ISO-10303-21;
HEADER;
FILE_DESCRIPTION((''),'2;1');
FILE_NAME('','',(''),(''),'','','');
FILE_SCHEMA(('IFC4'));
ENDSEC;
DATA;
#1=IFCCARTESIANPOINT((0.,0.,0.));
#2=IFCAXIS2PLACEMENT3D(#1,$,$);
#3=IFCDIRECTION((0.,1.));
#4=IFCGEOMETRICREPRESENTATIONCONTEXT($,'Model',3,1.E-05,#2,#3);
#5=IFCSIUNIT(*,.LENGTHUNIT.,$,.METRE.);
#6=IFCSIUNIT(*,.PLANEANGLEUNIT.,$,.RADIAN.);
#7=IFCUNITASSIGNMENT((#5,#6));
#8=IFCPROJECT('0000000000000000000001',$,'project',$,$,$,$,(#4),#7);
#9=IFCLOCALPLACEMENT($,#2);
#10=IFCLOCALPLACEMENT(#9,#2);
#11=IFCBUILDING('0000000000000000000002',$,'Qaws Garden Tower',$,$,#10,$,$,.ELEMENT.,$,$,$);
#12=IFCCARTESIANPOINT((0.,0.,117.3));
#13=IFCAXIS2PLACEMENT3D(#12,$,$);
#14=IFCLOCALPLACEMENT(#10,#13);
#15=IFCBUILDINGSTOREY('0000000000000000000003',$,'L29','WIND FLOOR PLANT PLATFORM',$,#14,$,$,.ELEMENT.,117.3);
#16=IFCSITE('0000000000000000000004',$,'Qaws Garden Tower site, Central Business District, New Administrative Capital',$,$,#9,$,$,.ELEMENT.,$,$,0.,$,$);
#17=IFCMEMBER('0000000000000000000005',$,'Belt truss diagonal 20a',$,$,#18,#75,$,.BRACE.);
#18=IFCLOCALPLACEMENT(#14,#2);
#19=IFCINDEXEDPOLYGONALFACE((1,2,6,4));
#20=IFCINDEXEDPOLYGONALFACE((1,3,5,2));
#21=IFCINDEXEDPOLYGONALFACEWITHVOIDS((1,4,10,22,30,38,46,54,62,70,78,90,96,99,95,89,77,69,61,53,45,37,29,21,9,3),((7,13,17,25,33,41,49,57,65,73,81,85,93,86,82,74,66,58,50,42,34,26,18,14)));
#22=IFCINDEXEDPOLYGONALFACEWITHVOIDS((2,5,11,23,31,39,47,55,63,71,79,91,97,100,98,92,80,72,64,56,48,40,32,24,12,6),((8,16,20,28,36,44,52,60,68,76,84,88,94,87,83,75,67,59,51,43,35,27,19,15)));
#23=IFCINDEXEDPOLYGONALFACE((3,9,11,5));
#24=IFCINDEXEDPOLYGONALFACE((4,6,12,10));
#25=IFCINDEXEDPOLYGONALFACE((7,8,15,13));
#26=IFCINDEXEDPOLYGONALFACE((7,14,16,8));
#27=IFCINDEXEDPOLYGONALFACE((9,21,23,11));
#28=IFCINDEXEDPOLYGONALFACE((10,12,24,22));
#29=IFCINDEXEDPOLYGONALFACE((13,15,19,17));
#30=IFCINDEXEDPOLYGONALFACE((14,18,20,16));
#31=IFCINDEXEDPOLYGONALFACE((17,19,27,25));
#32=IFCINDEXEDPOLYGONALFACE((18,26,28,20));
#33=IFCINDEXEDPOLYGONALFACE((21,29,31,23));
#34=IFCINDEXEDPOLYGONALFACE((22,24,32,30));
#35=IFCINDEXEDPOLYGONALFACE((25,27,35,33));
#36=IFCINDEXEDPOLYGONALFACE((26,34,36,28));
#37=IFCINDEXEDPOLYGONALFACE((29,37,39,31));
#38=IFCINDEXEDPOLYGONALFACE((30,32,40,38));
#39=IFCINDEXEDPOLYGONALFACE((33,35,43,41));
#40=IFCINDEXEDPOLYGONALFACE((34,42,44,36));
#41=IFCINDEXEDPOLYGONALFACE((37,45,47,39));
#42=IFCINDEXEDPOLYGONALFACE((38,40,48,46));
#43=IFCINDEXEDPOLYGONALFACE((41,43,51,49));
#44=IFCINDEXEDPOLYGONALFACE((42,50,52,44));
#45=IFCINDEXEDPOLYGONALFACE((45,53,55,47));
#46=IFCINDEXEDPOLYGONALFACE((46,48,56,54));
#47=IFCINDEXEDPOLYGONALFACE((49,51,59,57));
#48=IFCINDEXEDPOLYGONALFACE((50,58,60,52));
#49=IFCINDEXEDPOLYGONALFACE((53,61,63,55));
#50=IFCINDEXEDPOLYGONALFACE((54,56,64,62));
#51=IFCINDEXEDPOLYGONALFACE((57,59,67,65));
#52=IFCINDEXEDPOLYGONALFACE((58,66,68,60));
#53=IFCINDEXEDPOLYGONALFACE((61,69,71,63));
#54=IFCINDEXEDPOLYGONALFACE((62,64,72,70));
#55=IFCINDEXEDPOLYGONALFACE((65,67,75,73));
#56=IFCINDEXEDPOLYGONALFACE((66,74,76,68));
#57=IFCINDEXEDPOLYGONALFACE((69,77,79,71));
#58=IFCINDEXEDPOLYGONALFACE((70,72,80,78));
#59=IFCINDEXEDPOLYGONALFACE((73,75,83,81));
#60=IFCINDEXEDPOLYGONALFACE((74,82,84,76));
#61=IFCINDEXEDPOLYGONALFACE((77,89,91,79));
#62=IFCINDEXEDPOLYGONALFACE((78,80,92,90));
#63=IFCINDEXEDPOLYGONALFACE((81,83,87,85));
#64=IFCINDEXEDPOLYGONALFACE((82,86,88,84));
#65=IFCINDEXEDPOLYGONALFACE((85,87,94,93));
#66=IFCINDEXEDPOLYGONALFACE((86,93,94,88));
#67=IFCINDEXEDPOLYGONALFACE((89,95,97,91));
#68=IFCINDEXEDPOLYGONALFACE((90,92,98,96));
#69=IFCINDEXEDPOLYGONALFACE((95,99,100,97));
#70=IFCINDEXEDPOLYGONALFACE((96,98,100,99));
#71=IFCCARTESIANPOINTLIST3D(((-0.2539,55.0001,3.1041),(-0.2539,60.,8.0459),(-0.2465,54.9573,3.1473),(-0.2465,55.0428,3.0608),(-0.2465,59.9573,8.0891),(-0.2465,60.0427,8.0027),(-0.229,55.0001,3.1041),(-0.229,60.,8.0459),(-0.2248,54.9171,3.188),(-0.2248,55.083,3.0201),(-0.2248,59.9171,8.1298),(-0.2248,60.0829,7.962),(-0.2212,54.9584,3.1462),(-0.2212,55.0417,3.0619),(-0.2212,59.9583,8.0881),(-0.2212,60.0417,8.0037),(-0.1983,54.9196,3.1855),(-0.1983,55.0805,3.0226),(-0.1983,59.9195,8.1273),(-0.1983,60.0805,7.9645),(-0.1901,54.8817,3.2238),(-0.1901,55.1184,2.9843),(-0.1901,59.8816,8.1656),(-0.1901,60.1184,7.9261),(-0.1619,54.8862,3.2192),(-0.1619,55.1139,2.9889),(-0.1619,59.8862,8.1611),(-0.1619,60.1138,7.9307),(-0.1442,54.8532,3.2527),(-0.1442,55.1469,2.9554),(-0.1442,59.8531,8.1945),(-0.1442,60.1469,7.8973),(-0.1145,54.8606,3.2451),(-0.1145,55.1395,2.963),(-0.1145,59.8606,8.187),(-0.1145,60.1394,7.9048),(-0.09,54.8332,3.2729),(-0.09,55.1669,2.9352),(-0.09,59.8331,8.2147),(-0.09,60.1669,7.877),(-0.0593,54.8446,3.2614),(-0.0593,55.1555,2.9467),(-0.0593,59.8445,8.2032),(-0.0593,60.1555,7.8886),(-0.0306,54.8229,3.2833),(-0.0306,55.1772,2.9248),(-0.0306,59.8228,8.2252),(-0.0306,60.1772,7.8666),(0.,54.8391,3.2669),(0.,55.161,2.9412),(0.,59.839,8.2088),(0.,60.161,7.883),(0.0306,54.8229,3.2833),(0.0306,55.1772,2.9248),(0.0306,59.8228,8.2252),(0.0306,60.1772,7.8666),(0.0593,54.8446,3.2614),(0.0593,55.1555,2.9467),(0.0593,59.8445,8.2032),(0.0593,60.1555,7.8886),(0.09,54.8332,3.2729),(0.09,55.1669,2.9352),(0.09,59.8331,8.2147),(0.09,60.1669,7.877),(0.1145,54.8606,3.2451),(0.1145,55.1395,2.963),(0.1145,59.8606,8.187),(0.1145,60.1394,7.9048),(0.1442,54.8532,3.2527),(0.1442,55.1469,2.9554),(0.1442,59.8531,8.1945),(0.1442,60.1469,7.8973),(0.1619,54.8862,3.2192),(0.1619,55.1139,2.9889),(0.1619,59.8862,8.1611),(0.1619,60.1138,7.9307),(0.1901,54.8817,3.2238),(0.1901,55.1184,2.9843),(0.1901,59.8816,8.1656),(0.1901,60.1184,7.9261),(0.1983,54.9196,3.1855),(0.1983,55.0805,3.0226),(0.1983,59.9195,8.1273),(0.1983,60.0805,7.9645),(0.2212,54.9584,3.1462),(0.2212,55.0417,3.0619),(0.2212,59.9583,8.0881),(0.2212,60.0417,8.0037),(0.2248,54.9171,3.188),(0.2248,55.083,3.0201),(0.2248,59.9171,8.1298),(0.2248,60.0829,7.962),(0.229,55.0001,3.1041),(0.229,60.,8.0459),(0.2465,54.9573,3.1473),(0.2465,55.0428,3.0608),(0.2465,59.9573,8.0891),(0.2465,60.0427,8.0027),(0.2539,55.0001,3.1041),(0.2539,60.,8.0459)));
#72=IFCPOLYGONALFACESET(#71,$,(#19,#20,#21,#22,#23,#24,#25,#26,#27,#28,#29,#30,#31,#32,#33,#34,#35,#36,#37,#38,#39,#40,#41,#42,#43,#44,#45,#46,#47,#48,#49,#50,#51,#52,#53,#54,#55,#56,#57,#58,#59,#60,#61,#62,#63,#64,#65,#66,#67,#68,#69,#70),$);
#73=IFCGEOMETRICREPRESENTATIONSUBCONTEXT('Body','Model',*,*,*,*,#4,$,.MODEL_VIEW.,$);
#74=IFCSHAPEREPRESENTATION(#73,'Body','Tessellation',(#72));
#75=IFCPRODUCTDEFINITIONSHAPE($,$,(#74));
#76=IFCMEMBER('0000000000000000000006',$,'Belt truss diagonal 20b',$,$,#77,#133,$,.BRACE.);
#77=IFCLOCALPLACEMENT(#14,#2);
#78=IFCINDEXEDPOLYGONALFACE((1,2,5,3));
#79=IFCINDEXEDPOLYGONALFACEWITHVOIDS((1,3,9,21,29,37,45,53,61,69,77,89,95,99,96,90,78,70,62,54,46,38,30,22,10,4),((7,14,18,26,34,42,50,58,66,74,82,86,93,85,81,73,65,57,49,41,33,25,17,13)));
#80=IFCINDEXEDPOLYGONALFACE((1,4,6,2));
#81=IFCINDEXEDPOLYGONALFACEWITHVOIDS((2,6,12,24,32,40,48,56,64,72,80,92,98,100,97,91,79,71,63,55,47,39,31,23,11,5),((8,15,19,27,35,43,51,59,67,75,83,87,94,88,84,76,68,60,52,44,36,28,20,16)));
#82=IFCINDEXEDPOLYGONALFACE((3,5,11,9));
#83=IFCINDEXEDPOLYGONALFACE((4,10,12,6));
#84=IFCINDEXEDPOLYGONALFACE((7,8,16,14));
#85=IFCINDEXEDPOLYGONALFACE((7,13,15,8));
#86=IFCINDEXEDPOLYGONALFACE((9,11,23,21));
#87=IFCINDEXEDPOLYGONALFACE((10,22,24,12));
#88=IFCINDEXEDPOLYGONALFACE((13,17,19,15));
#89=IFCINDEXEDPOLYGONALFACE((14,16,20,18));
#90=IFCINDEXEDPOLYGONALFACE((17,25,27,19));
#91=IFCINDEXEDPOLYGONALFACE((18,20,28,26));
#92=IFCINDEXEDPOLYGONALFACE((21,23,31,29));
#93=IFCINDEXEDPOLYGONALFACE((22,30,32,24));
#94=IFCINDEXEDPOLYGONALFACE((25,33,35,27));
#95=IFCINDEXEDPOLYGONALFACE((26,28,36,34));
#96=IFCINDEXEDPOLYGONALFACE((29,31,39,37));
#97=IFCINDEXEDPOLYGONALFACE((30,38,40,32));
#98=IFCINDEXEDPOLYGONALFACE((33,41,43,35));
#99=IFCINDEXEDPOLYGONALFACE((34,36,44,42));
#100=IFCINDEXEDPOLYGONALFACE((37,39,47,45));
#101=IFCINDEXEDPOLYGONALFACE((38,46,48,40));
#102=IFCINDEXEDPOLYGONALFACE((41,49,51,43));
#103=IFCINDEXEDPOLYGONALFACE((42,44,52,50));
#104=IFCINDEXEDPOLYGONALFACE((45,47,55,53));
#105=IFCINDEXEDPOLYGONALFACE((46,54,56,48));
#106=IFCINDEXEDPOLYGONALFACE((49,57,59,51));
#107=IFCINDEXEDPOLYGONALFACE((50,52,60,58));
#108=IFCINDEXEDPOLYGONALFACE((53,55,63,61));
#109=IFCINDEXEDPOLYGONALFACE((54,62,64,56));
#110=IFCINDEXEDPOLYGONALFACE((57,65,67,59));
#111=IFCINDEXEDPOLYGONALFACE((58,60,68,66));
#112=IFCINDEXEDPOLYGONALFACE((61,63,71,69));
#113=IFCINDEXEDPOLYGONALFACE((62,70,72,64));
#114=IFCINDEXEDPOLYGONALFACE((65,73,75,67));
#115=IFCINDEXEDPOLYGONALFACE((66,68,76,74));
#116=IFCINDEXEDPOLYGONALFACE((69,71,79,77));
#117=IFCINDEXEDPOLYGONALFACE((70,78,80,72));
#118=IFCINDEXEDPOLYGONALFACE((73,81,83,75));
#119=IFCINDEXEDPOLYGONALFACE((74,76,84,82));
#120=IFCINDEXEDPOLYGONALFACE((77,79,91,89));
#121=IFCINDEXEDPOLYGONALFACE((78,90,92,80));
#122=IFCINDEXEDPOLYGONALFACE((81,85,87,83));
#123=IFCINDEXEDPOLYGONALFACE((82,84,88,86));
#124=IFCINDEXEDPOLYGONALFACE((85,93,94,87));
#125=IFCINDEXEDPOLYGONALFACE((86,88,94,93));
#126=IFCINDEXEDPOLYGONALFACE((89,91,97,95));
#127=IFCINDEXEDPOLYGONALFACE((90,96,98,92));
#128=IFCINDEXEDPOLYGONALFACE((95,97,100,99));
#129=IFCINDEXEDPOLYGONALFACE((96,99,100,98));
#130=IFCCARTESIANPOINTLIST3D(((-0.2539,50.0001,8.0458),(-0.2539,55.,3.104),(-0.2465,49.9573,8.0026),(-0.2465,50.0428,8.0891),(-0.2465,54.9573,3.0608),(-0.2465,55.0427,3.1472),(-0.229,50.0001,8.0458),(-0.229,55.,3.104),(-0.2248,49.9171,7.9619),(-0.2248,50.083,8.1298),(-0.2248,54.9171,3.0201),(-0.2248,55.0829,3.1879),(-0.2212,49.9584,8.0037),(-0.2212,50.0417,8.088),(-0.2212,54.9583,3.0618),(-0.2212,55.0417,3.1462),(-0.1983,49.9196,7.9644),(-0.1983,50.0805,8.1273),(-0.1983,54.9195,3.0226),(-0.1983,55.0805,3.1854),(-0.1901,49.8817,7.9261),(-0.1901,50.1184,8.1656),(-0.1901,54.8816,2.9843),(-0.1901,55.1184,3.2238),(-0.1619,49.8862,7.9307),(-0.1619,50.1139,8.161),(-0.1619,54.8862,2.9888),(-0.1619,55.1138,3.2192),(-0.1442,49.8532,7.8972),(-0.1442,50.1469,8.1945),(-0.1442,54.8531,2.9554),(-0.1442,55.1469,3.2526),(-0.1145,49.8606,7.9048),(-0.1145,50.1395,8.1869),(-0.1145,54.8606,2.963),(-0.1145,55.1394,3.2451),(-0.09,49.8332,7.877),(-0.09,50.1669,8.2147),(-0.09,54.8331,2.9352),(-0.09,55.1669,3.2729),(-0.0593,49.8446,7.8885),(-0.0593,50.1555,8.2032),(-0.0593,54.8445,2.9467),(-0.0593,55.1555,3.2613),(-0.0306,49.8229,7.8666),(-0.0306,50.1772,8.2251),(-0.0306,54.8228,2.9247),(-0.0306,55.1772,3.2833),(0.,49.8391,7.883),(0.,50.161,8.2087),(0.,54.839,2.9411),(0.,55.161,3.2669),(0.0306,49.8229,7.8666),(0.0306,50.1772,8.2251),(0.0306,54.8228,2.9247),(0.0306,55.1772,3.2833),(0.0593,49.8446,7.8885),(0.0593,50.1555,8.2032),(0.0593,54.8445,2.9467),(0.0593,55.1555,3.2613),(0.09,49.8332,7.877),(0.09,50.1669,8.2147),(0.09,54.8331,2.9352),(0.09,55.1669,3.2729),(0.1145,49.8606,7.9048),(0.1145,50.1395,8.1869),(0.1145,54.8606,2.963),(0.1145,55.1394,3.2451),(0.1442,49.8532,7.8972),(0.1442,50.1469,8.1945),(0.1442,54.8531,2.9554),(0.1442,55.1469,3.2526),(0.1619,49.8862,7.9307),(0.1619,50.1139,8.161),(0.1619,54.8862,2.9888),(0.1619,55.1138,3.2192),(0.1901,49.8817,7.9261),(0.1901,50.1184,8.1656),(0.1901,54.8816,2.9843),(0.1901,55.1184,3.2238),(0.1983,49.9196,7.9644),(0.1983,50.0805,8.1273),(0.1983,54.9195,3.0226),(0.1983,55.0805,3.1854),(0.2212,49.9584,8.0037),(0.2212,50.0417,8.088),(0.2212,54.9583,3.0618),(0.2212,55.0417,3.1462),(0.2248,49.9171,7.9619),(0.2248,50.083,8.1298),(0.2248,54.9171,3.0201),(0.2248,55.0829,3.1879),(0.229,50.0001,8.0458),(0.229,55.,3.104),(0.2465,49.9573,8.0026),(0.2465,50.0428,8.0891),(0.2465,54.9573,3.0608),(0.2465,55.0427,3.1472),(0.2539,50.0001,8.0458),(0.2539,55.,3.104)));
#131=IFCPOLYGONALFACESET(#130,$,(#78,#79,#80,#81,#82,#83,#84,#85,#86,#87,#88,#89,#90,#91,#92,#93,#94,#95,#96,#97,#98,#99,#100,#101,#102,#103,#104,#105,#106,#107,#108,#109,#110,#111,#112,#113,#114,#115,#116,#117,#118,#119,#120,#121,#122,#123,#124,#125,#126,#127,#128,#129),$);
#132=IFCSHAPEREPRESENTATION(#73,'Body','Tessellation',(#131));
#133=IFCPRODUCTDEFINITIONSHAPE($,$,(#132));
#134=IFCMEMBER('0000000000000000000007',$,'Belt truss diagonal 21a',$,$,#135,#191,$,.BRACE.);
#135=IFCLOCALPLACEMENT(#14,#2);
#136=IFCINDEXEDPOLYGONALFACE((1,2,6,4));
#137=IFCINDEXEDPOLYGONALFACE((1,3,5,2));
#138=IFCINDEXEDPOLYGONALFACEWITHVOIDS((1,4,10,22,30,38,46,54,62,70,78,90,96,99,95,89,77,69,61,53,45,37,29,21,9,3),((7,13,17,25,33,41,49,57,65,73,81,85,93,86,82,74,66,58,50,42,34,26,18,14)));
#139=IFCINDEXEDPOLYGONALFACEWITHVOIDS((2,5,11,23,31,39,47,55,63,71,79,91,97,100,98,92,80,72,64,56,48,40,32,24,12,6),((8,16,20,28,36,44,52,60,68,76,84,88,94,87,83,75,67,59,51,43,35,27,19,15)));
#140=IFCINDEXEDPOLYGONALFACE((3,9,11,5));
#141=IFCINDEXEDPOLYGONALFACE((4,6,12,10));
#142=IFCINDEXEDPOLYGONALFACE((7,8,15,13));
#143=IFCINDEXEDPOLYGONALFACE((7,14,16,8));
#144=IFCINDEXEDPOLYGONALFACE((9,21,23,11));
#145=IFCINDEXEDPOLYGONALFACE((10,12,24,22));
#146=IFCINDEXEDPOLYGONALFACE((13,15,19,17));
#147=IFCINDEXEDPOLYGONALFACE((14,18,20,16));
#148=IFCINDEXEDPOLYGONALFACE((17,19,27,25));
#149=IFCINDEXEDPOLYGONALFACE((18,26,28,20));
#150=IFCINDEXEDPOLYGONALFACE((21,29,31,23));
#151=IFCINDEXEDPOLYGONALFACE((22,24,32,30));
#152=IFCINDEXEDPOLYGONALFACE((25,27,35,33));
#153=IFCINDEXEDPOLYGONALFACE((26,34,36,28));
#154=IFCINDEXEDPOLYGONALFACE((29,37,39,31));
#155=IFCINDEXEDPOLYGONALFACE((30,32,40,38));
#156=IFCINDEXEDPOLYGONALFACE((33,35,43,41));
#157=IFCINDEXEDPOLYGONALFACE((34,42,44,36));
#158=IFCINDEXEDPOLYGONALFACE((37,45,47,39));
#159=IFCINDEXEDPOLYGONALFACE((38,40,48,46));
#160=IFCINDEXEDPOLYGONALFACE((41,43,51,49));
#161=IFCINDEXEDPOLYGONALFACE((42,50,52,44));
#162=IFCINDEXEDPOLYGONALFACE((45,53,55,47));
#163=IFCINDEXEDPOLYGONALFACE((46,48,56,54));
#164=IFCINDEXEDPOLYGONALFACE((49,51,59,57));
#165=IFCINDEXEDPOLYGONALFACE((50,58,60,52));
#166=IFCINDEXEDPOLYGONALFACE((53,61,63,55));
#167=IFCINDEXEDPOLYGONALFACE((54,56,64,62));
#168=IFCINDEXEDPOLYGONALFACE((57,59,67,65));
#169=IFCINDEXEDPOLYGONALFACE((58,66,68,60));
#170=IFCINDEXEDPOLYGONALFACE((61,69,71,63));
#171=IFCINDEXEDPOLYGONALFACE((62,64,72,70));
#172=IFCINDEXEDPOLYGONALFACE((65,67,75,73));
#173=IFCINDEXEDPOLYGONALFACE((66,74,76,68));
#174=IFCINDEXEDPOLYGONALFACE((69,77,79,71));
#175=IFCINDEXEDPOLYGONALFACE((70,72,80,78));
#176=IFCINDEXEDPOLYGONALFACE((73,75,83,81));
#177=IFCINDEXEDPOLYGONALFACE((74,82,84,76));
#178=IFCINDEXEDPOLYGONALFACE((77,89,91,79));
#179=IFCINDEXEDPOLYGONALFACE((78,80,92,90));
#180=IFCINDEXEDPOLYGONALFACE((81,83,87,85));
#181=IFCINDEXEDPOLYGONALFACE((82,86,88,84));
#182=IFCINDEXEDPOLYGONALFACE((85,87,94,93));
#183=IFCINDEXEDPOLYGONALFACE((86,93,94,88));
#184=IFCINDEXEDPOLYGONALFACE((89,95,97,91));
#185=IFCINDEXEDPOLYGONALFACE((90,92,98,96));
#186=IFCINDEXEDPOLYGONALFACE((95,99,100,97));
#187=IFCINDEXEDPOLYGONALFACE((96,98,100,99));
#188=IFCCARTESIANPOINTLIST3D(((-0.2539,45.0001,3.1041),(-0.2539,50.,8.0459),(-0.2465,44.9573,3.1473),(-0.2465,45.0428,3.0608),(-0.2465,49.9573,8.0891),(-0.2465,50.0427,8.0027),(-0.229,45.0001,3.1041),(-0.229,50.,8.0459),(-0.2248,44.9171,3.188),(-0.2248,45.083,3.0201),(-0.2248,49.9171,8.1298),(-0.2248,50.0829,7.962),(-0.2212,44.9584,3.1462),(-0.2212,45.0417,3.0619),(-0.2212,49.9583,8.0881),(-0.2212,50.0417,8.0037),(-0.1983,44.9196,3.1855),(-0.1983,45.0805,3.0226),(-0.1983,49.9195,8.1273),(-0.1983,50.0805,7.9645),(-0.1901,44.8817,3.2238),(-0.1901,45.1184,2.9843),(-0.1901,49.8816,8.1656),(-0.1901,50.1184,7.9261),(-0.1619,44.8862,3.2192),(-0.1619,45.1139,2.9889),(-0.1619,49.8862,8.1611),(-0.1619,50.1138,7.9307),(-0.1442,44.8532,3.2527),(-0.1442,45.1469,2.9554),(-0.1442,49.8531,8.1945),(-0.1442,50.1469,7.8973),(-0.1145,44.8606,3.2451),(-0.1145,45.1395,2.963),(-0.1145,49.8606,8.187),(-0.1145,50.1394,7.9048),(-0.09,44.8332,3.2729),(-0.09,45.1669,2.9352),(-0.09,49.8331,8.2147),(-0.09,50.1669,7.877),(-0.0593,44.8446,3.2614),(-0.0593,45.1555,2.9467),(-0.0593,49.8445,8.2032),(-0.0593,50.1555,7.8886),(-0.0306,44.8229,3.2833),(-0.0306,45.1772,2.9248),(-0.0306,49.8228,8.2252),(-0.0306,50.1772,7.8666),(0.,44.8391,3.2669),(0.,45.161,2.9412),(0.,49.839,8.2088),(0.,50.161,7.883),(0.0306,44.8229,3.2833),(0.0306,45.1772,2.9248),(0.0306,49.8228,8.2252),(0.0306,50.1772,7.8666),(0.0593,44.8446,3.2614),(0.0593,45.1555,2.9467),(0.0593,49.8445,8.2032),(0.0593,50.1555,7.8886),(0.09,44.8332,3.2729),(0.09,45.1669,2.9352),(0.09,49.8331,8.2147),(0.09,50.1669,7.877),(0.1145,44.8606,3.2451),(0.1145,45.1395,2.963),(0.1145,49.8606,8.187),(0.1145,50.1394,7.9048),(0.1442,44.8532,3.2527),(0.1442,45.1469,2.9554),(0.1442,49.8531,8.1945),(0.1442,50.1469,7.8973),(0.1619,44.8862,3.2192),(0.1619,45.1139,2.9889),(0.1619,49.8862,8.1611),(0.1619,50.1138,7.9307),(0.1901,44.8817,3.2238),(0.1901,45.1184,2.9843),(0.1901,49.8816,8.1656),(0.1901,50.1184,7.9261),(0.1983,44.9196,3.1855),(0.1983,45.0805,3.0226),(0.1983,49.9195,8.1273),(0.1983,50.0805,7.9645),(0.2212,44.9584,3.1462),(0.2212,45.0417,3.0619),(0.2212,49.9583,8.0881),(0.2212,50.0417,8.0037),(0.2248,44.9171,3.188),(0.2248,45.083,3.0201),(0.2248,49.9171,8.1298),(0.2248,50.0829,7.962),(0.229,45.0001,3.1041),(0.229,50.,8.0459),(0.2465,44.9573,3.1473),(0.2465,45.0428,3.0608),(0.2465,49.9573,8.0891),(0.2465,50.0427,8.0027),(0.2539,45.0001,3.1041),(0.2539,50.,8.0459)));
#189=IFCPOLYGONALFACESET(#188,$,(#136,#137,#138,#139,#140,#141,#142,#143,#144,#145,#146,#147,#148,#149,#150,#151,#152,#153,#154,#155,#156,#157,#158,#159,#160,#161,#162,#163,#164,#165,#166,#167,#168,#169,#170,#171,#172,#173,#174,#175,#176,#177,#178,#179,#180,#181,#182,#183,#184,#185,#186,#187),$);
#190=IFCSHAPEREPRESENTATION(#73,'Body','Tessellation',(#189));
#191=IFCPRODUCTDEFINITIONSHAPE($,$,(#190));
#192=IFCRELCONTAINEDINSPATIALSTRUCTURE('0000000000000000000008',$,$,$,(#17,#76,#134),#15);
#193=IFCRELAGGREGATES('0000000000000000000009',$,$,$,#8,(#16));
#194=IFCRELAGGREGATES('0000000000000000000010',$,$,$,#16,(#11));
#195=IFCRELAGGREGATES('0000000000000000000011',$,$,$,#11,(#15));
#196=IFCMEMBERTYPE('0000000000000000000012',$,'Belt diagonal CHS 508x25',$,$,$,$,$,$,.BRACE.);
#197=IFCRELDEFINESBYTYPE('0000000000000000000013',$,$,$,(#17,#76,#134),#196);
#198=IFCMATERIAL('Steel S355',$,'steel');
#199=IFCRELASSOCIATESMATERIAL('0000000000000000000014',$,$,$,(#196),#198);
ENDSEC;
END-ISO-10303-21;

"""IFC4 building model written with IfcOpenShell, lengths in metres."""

from ifc_helpers import new_model, si_unit, direction, frame, origin, origin_2d, place, context, subcontext, project, spatial, hollow_circle, extrude, material, material_profile, profile_set, type_object, element, save


model = new_model("IFC4")

# Units and contexts
model_context = context("Model", 3, precision=1e-05, world=origin(), true_north=direction((0.0, 1.0)))
body_context = subcontext(model_context, "Body", "Model", "MODEL_VIEW")
ifc_project = project(units=[si_unit("LENGTHUNIT", "METRE"), si_unit("PLANEANGLEUNIT", "RADIAN")], contexts=[model_context])

# Site, building, storey
site_placement = place(None, origin())
site = spatial("IfcSite", under=ifc_project, at=site_placement, Name="Qaws Garden Tower site, Central Business District, New Administrative Capital", CompositionType="ELEMENT", RefElevation=0.0)
building_placement = place(site_placement, origin())
building = spatial("IfcBuilding", under=site, at=building_placement, Name="Qaws Garden Tower", CompositionType="ELEMENT")
storey_placement = place(building_placement, frame((0.0, 0.0, 117.3)))
storey = spatial("IfcBuildingStorey", under=building, at=storey_placement, Name="L29", Description="WIND FLOOR PLANT PLATFORM", CompositionType="ELEMENT", Elevation=117.3)

# Members
ifc_material_1 = material(Name="Steel S355", Category="steel")
ifc_material_profile_1 = material_profile(ifc_material_1, hollow_circle(Radius=0.2539, WallThickness=0.0249, at=origin_2d()), Name="CHS 508x25")
ifc_profile_set_1 = profile_set([ifc_material_profile_1], Name="Steel S355")
member_type_1 = type_object("IfcMemberType", Name="Belt diagonal CHS 508x25", PredefinedType="BRACE", material=ifc_profile_set_1)
for number, where, z_axis, x_axis, name in (
    (1, (0.0, 60.0, 8.0459), (0.0, -0.711227, -0.702962), (1.0, 0.0, 0.0), "Belt truss diagonal 20a"),
    (2, (0.0, 55.0, 3.104), (0.0, -0.711227, 0.702962), (1.0, 0.0, 0.0), "Belt truss diagonal 20b"),
    (3, (0.0, 50.0, 8.0459), (0.0, -0.711227, -0.702962), (1.0, 0.0, 0.0), "Belt truss diagonal 21a"),
):
    element("IfcMember", number, at=place(storey_placement, frame(where, z_axis=z_axis, x_axis=x_axis)), inside=storey, type_object=member_type_1, Name=name, PredefinedType="BRACE", context=body_context, shape_type="SweptSolid", body=[
        extrude(hollow_circle(Radius=0.2539, WallThickness=0.0249, at=origin_2d()), origin(), (0.0, 0.0, 1.0), 7.03),
    ])

save(model, "model.ifc")
